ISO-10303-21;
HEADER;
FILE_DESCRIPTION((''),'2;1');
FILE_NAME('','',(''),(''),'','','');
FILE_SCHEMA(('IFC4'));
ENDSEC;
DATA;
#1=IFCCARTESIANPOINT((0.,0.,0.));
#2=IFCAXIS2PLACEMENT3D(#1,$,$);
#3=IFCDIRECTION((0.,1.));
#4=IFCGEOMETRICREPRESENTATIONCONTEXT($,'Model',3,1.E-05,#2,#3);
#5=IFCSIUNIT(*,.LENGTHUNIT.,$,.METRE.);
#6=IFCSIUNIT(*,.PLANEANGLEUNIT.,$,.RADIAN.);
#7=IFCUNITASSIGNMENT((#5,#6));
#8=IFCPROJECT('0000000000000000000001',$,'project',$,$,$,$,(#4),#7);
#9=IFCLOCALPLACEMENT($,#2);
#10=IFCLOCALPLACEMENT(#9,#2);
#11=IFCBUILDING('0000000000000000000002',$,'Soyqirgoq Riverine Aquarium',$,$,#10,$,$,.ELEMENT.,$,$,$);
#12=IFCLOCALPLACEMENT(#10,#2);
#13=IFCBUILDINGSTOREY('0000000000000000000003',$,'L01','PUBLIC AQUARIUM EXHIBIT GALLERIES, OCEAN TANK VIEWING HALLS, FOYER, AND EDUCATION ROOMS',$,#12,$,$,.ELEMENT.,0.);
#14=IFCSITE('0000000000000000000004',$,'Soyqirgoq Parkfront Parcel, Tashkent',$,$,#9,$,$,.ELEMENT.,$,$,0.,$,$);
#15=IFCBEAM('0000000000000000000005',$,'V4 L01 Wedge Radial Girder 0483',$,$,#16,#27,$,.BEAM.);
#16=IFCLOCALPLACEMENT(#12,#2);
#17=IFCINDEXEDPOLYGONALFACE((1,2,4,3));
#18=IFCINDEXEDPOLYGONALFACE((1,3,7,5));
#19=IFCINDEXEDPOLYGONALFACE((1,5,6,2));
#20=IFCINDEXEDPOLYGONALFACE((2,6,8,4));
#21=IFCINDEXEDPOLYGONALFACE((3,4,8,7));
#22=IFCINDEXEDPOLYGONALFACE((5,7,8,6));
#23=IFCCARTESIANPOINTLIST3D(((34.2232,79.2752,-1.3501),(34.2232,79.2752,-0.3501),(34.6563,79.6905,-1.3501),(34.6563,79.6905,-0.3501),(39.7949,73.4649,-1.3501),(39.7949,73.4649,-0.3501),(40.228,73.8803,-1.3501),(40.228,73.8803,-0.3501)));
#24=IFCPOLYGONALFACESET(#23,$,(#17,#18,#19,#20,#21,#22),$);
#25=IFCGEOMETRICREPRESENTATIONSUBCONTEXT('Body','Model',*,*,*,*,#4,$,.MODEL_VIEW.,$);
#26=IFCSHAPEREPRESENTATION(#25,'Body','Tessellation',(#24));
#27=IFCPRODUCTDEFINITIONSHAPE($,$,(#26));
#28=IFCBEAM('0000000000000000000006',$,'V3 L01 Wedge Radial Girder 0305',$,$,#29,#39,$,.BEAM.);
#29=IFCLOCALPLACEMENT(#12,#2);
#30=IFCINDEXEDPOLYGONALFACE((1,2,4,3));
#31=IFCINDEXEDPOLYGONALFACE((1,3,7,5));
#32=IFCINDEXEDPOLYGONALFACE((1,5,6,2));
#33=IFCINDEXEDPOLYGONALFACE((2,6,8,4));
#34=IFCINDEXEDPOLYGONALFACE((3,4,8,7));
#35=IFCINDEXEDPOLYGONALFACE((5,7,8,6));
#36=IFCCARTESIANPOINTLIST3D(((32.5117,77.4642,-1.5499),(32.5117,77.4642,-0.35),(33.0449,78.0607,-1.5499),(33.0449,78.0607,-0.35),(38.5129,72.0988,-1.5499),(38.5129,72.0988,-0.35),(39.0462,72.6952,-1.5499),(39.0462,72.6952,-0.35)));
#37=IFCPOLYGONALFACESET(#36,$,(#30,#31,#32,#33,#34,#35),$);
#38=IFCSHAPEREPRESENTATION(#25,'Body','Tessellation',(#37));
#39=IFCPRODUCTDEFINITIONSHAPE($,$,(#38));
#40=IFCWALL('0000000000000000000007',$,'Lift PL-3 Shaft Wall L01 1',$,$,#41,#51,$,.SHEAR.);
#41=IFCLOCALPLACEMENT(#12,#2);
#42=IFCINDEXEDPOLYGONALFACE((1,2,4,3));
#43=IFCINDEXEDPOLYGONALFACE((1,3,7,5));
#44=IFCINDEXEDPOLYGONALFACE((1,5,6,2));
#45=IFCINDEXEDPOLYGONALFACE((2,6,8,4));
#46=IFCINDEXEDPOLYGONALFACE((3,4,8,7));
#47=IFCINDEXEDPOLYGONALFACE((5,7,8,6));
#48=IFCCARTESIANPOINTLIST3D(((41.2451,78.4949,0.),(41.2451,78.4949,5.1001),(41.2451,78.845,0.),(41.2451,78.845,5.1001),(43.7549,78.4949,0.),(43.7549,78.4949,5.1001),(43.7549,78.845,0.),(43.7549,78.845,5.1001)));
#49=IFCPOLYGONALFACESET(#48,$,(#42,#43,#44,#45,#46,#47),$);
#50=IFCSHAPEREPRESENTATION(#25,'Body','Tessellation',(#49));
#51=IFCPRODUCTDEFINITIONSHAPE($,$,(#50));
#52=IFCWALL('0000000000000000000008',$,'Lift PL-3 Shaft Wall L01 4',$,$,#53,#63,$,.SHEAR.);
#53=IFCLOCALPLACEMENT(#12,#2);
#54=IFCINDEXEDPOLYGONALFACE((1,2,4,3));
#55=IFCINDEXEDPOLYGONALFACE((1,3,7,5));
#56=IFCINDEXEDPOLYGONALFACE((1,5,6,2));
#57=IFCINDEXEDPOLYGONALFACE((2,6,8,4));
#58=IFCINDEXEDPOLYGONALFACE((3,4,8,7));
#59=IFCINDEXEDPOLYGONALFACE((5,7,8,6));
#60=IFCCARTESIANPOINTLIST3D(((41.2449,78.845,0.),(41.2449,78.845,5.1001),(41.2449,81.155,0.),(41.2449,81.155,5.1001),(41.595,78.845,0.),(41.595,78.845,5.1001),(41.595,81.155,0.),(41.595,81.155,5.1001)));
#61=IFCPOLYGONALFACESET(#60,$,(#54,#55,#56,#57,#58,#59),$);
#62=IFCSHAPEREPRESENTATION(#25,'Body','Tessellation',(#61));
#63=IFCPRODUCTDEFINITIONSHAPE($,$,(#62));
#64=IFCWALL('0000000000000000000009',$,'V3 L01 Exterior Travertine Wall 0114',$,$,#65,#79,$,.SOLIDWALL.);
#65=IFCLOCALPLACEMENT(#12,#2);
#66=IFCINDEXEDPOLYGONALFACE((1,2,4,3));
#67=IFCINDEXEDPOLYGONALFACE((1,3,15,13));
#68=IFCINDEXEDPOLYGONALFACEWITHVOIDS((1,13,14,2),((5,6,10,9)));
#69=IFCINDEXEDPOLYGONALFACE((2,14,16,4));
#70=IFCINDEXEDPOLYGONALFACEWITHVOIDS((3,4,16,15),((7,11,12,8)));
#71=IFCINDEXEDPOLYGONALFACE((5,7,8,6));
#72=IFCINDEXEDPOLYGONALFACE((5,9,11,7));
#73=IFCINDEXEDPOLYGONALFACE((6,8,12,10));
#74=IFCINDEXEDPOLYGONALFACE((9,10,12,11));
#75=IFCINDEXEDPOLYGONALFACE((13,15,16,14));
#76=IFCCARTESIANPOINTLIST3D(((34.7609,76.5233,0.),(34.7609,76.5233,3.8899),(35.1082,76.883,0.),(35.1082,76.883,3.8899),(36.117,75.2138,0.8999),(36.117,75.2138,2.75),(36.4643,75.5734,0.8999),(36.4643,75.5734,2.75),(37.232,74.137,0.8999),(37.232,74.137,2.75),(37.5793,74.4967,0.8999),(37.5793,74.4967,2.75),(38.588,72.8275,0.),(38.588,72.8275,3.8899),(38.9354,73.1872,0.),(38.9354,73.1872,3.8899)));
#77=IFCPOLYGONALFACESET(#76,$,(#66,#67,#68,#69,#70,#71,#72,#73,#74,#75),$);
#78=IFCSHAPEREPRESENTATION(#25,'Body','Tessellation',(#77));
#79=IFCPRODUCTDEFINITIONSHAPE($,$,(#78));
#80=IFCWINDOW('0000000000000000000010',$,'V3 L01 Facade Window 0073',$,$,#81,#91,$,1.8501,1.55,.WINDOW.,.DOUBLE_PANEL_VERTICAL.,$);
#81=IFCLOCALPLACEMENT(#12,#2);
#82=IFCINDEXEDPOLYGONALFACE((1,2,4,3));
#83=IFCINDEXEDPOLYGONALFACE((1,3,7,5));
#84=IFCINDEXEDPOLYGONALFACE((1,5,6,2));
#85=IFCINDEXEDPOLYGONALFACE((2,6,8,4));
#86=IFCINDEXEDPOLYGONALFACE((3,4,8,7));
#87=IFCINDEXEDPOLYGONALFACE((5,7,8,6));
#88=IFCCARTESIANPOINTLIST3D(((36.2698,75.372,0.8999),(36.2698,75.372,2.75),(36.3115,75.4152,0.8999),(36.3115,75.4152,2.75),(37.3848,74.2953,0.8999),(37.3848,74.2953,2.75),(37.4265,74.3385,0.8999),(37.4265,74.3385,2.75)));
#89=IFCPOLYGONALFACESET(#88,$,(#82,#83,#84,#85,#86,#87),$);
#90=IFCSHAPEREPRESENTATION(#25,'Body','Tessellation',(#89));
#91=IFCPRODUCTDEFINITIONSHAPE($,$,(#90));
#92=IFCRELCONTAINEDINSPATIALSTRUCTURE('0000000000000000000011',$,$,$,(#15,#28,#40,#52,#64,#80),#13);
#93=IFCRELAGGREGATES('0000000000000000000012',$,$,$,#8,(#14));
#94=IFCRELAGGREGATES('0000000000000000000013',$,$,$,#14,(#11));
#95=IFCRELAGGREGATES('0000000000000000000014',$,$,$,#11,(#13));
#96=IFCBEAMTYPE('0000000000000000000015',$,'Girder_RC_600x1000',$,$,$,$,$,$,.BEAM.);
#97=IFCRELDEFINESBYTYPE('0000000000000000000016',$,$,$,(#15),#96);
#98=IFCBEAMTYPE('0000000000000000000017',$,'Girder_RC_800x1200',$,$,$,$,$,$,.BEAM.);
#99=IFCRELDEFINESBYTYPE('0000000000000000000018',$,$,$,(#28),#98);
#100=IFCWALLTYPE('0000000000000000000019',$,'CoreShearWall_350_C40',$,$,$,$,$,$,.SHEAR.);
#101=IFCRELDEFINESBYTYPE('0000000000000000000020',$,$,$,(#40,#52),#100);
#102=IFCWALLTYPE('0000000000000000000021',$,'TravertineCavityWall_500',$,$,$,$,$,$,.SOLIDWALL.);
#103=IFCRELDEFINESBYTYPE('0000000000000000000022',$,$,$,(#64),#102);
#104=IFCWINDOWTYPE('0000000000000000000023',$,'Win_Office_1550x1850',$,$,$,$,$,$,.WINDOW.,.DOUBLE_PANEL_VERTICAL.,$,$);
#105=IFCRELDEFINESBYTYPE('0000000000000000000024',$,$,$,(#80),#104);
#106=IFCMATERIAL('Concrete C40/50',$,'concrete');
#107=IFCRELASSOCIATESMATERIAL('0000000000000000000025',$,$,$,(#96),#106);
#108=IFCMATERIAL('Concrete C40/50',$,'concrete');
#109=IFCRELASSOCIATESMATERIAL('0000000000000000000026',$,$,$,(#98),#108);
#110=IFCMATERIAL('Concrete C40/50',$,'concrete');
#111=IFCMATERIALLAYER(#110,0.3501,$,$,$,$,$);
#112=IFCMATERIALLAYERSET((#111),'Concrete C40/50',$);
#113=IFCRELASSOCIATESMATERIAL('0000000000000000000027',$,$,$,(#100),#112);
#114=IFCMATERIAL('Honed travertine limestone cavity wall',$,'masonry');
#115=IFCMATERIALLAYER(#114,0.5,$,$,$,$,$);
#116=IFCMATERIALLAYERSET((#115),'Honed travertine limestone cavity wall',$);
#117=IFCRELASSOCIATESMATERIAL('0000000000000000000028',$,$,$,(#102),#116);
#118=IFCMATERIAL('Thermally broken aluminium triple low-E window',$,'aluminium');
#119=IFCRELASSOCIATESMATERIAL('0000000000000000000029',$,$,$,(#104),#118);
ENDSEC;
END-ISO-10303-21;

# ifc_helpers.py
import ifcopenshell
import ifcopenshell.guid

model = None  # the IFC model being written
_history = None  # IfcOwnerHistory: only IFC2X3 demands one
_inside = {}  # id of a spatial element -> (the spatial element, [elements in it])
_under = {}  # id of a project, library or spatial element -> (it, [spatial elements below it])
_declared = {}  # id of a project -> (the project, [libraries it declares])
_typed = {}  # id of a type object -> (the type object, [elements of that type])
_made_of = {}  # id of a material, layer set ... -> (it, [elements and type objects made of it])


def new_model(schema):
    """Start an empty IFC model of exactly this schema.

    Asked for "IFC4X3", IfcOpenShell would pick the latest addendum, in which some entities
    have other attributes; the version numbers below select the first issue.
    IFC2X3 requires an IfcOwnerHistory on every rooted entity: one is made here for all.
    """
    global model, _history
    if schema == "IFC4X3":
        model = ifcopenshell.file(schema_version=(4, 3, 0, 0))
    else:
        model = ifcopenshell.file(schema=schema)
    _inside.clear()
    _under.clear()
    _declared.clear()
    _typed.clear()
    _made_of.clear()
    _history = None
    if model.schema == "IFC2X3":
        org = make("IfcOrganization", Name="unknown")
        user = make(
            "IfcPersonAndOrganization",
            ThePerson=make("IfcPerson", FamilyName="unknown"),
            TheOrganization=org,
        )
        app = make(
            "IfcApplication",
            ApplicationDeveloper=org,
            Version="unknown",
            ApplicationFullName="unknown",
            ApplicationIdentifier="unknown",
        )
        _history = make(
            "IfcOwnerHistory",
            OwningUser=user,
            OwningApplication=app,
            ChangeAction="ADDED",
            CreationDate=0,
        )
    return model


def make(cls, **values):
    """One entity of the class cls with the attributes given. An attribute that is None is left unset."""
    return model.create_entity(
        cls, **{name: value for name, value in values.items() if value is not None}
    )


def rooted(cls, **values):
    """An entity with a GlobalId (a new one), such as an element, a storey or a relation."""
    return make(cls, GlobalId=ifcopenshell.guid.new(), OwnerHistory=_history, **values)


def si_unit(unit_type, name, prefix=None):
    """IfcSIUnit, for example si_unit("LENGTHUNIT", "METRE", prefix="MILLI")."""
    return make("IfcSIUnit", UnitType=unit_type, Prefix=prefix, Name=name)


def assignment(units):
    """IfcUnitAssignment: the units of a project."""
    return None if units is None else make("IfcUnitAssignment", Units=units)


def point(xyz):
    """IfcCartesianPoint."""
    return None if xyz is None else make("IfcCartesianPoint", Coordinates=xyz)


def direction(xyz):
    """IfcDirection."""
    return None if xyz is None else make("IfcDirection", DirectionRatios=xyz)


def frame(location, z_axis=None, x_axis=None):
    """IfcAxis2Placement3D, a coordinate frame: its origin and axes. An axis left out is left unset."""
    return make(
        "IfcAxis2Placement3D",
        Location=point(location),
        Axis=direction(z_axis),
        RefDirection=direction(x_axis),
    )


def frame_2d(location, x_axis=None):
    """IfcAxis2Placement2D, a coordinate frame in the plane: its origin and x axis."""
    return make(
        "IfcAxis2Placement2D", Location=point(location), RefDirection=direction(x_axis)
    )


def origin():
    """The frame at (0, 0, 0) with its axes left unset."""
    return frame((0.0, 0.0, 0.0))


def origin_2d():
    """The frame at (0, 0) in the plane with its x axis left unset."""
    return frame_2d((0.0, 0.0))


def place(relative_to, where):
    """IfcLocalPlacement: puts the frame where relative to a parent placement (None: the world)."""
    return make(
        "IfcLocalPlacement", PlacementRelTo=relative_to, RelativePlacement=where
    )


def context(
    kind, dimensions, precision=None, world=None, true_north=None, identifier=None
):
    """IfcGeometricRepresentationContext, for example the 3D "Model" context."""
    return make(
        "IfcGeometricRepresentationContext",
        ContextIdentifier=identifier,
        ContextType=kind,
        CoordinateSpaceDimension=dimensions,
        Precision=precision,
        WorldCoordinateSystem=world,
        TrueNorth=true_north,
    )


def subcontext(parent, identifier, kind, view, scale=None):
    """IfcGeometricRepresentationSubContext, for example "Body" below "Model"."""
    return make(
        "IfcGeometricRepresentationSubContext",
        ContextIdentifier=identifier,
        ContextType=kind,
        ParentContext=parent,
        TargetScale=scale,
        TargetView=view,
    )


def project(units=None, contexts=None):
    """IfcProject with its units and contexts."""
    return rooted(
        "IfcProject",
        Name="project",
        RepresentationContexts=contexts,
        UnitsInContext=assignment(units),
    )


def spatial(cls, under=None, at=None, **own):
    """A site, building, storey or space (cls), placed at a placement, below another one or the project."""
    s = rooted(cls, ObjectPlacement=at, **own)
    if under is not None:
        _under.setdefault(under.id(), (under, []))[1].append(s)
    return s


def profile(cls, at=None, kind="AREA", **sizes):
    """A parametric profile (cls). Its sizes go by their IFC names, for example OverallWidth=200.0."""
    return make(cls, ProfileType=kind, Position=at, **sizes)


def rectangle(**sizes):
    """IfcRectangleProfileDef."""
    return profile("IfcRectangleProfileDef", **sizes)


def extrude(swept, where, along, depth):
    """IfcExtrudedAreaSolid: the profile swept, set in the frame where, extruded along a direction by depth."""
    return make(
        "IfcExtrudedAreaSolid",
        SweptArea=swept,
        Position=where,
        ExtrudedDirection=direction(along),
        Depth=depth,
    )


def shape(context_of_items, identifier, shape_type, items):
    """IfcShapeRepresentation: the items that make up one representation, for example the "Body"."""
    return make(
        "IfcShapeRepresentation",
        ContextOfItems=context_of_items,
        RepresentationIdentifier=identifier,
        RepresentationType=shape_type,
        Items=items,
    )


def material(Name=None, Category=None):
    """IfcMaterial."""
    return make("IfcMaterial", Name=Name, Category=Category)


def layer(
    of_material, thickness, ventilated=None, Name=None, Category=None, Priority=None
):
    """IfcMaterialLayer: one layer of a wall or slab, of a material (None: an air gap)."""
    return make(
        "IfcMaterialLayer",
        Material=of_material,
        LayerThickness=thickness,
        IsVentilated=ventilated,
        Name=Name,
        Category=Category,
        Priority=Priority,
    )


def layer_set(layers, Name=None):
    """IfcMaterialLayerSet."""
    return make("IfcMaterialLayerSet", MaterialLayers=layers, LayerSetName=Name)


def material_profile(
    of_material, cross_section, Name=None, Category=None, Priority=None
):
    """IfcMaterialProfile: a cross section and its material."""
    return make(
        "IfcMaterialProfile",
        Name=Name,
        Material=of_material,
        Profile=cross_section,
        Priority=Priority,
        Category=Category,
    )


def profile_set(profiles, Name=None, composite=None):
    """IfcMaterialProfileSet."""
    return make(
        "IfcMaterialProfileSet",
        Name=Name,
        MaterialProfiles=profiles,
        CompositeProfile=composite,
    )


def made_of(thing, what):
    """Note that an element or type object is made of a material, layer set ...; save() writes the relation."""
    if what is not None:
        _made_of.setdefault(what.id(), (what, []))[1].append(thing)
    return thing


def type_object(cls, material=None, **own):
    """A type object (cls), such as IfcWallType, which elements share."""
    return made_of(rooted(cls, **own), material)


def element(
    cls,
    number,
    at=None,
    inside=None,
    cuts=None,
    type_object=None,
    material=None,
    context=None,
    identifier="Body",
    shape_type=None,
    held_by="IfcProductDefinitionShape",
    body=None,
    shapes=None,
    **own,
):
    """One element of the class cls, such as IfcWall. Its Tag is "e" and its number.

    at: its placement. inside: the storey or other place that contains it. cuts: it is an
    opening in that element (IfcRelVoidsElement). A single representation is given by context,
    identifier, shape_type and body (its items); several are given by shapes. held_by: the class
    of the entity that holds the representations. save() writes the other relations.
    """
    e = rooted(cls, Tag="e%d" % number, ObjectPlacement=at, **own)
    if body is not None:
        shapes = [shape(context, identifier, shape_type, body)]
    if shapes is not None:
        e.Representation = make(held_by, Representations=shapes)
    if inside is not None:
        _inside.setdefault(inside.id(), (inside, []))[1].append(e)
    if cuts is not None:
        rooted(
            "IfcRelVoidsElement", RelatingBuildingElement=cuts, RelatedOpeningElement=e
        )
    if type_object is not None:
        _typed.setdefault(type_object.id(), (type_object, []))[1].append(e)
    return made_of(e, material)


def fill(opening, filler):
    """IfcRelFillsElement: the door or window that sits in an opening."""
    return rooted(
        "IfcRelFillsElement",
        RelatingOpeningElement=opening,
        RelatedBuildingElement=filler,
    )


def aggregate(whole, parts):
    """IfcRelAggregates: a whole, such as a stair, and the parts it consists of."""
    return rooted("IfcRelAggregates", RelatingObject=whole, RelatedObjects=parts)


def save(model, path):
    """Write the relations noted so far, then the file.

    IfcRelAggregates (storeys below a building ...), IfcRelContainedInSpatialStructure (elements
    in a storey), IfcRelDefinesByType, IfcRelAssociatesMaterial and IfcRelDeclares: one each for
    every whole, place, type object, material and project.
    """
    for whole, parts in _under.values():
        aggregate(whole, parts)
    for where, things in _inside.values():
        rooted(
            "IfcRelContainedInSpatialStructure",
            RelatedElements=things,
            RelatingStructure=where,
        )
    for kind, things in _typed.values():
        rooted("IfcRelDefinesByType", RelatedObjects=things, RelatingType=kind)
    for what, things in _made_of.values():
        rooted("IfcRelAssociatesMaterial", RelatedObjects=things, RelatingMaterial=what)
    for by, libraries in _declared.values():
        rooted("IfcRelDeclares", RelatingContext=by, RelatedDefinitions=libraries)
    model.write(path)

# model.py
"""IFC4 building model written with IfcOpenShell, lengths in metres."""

from ifc_helpers import new_model, si_unit, direction, frame, frame_2d, origin, origin_2d, place, context, subcontext, project, spatial, rectangle, extrude, material, layer, layer_set, material_profile, profile_set, type_object, element, fill, save


model = new_model("IFC4")

# Units and contexts
model_context = context("Model", 3, precision=1e-05, world=origin(), true_north=direction((0.0, 1.0)))
body_context = subcontext(model_context, "Body", "Model", "MODEL_VIEW")
ifc_project = project(units=[si_unit("LENGTHUNIT", "METRE"), si_unit("PLANEANGLEUNIT", "RADIAN")], contexts=[model_context])

# Site, building, storey
site_placement = place(None, origin())
site = spatial("IfcSite", under=ifc_project, at=site_placement, Name="Soyqirgoq Parkfront Parcel, Tashkent", CompositionType="ELEMENT", RefElevation=0.0)
building_placement = place(site_placement, origin())
building = spatial("IfcBuilding", under=site, at=building_placement, Name="Soyqirgoq Riverine Aquarium", CompositionType="ELEMENT")
storey_placement = place(building_placement, origin())
storey = spatial("IfcBuildingStorey", under=building, at=storey_placement, Name="L01", Description="PUBLIC AQUARIUM EXHIBIT GALLERIES, OCEAN TANK VIEWING HALLS, FOYER, AND EDUCATION ROOMS", CompositionType="ELEMENT", Elevation=0.0)

# Beams
ifc_material_1 = material(Name="Concrete C40/50", Category="concrete")
ifc_material_profile_1 = material_profile(ifc_material_1, rectangle(XDim=0.6001, YDim=1.0, at=origin_2d()), Name="RC 600x1000")
ifc_profile_set_1 = profile_set([ifc_material_profile_1], Name="Concrete C40/50")
beam_type_1 = type_object("IfcBeamType", Name="Girder_RC_600x1000", PredefinedType="BEAM", material=ifc_profile_set_1)
beam_1_placement = place(storey_placement, frame((40.0115, 73.6726, -0.8501), z_axis=(-0.692137, 0.721767, 0.0), x_axis=(-0.721767, -0.692137, 0.0)))
element("IfcBeam", 1, at=beam_1_placement, inside=storey, type_object=beam_type_1, Name="V4 L01 Wedge Radial Girder 0483", PredefinedType="BEAM", context=body_context, shape_type="SweptSolid", body=[
    extrude(rectangle(XDim=0.6001, YDim=1.0, at=origin_2d()), origin(), (0.0, 0.0, 1.0), 8.05),
])
ifc_material_2 = material(Name="Concrete C40/50", Category="concrete")
ifc_material_profile_2 = material_profile(ifc_material_2, rectangle(XDim=0.8, YDim=1.2, at=origin_2d()), Name="RC 800x1200")
ifc_profile_set_2 = profile_set([ifc_material_profile_2], Name="Concrete C40/50")
beam_type_2 = type_object("IfcBeamType", Name="Girder_RC_800x1200", PredefinedType="BEAM", material=ifc_profile_set_2)
beam_2_placement = place(storey_placement, frame((38.7795, 72.397, -0.95), z_axis=(-0.74549, 0.666516, 0.0), x_axis=(-0.666516, -0.74549, 0.0)))
element("IfcBeam", 2, at=beam_2_placement, inside=storey, type_object=beam_type_2, Name="V3 L01 Wedge Radial Girder 0305", PredefinedType="BEAM", context=body_context, shape_type="SweptSolid", body=[
    extrude(rectangle(XDim=0.8, YDim=1.2, at=origin_2d()), origin(), (0.0, 0.0, 1.0), 8.05),
])

# Walls
ifc_material_3 = material(Name="Concrete C40/50", Category="concrete")
ifc_layer_1 = layer(ifc_material_3, 0.3501)
ifc_layer_set_1 = layer_set([ifc_layer_1], Name="Concrete C40/50")
wall_type_1 = type_object("IfcWallType", Name="CoreShearWall_350_C40", PredefinedType="SHEAR", material=ifc_layer_set_1)
wall_1_placement = place(storey_placement, frame((41.2451, 78.6699, 0.0), z_axis=(0.0, 0.0, 1.0), x_axis=(1.0, 0.0, 0.0)))
element("IfcWall", 3, at=wall_1_placement, inside=storey, type_object=wall_type_1, Name="Lift PL-3 Shaft Wall L01 1", PredefinedType="SHEAR", context=body_context, shape_type="SweptSolid", body=[
    extrude(rectangle(XDim=2.5098, YDim=0.3501, at=frame_2d((1.2549, 0.0))), origin(), (0.0, 0.0, 1.0), 5.1001),
])
wall_2_placement = place(storey_placement, frame((41.4199, 81.155, 0.0), z_axis=(0.0, 0.0, 1.0), x_axis=(0.0, -1.0, 0.0)))
element("IfcWall", 4, at=wall_2_placement, inside=storey, type_object=wall_type_1, Name="Lift PL-3 Shaft Wall L01 4", PredefinedType="SHEAR", context=body_context, shape_type="SweptSolid", body=[
    extrude(rectangle(XDim=2.3101, YDim=0.3501, at=frame_2d((1.155, 0.0))), origin(), (0.0, 0.0, 1.0), 5.1001),
])

# Wall, opening, window
ifc_material_4 = material(Name="Honed travertine limestone cavity wall", Category="masonry")
ifc_layer_2 = layer(ifc_material_4, 0.5)
ifc_layer_set_2 = layer_set([ifc_layer_2], Name="Honed travertine limestone cavity wall")
wall_type_2 = type_object("IfcWallType", Name="TravertineCavityWall_500", PredefinedType="SOLIDWALL", material=ifc_layer_set_2)
wall_3_placement = place(storey_placement, frame((34.9346, 76.7031, 0.0), z_axis=(0.0, 0.0, 1.0), x_axis=(0.719343, -0.694655, 0.0)))
wall_3 = element("IfcWall", 5, at=wall_3_placement, inside=storey, type_object=wall_type_2, Name="V3 L01 Exterior Travertine Wall 0114", PredefinedType="SOLIDWALL", context=body_context, shape_type="SweptSolid", body=[
    extrude(rectangle(XDim=5.3203, YDim=0.5, at=frame_2d((2.6602, 0.0))), origin(), (0.0, 0.0, 1.0), 3.8899),
])
opening_placement = place(wall_3_placement, frame((1.8853, 0.0, 0.8999)))
opening = element("IfcOpeningElement", 6, at=opening_placement, cuts=wall_3, PredefinedType="OPENING", context=body_context, shape_type="SweptSolid", body=[
    extrude(rectangle(XDim=1.55, YDim=1.8501, at=frame_2d((0.7749, 0.925))), frame((0.0, 0.26, 0.0), z_axis=(0.0, -1.0, 0.0), x_axis=(1.0, 0.0, 0.0)), (0.0, 0.0, 1.0), 0.52),
])
ifc_material_5 = material(Name="Thermally broken aluminium triple low-E window", Category="aluminium")
window_type = type_object("IfcWindowType", Name="Win_Office_1550x1850", PartitioningType="DOUBLE_PANEL_VERTICAL", PredefinedType="WINDOW", material=ifc_material_5)
window_placement = place(opening_placement, origin())
window = element("IfcWindow", 7, at=window_placement, inside=storey, type_object=window_type, Name="V3 L01 Facade Window 0073", OverallHeight=1.8501, OverallWidth=1.55, PartitioningType="DOUBLE_PANEL_VERTICAL", PredefinedType="WINDOW", context=body_context, shape_type="SweptSolid", body=[
    extrude(rectangle(XDim=1.55, YDim=1.8501, at=frame_2d((0.7749, 0.925))), frame((0.0, 0.03, 0.0), z_axis=(0.0, -1.0, 0.0), x_axis=(1.0, 0.0, 0.0)), (0.0, 0.0, 1.0), 0.0601),
])
fill(opening, window)

save(model, "model.ifc")
